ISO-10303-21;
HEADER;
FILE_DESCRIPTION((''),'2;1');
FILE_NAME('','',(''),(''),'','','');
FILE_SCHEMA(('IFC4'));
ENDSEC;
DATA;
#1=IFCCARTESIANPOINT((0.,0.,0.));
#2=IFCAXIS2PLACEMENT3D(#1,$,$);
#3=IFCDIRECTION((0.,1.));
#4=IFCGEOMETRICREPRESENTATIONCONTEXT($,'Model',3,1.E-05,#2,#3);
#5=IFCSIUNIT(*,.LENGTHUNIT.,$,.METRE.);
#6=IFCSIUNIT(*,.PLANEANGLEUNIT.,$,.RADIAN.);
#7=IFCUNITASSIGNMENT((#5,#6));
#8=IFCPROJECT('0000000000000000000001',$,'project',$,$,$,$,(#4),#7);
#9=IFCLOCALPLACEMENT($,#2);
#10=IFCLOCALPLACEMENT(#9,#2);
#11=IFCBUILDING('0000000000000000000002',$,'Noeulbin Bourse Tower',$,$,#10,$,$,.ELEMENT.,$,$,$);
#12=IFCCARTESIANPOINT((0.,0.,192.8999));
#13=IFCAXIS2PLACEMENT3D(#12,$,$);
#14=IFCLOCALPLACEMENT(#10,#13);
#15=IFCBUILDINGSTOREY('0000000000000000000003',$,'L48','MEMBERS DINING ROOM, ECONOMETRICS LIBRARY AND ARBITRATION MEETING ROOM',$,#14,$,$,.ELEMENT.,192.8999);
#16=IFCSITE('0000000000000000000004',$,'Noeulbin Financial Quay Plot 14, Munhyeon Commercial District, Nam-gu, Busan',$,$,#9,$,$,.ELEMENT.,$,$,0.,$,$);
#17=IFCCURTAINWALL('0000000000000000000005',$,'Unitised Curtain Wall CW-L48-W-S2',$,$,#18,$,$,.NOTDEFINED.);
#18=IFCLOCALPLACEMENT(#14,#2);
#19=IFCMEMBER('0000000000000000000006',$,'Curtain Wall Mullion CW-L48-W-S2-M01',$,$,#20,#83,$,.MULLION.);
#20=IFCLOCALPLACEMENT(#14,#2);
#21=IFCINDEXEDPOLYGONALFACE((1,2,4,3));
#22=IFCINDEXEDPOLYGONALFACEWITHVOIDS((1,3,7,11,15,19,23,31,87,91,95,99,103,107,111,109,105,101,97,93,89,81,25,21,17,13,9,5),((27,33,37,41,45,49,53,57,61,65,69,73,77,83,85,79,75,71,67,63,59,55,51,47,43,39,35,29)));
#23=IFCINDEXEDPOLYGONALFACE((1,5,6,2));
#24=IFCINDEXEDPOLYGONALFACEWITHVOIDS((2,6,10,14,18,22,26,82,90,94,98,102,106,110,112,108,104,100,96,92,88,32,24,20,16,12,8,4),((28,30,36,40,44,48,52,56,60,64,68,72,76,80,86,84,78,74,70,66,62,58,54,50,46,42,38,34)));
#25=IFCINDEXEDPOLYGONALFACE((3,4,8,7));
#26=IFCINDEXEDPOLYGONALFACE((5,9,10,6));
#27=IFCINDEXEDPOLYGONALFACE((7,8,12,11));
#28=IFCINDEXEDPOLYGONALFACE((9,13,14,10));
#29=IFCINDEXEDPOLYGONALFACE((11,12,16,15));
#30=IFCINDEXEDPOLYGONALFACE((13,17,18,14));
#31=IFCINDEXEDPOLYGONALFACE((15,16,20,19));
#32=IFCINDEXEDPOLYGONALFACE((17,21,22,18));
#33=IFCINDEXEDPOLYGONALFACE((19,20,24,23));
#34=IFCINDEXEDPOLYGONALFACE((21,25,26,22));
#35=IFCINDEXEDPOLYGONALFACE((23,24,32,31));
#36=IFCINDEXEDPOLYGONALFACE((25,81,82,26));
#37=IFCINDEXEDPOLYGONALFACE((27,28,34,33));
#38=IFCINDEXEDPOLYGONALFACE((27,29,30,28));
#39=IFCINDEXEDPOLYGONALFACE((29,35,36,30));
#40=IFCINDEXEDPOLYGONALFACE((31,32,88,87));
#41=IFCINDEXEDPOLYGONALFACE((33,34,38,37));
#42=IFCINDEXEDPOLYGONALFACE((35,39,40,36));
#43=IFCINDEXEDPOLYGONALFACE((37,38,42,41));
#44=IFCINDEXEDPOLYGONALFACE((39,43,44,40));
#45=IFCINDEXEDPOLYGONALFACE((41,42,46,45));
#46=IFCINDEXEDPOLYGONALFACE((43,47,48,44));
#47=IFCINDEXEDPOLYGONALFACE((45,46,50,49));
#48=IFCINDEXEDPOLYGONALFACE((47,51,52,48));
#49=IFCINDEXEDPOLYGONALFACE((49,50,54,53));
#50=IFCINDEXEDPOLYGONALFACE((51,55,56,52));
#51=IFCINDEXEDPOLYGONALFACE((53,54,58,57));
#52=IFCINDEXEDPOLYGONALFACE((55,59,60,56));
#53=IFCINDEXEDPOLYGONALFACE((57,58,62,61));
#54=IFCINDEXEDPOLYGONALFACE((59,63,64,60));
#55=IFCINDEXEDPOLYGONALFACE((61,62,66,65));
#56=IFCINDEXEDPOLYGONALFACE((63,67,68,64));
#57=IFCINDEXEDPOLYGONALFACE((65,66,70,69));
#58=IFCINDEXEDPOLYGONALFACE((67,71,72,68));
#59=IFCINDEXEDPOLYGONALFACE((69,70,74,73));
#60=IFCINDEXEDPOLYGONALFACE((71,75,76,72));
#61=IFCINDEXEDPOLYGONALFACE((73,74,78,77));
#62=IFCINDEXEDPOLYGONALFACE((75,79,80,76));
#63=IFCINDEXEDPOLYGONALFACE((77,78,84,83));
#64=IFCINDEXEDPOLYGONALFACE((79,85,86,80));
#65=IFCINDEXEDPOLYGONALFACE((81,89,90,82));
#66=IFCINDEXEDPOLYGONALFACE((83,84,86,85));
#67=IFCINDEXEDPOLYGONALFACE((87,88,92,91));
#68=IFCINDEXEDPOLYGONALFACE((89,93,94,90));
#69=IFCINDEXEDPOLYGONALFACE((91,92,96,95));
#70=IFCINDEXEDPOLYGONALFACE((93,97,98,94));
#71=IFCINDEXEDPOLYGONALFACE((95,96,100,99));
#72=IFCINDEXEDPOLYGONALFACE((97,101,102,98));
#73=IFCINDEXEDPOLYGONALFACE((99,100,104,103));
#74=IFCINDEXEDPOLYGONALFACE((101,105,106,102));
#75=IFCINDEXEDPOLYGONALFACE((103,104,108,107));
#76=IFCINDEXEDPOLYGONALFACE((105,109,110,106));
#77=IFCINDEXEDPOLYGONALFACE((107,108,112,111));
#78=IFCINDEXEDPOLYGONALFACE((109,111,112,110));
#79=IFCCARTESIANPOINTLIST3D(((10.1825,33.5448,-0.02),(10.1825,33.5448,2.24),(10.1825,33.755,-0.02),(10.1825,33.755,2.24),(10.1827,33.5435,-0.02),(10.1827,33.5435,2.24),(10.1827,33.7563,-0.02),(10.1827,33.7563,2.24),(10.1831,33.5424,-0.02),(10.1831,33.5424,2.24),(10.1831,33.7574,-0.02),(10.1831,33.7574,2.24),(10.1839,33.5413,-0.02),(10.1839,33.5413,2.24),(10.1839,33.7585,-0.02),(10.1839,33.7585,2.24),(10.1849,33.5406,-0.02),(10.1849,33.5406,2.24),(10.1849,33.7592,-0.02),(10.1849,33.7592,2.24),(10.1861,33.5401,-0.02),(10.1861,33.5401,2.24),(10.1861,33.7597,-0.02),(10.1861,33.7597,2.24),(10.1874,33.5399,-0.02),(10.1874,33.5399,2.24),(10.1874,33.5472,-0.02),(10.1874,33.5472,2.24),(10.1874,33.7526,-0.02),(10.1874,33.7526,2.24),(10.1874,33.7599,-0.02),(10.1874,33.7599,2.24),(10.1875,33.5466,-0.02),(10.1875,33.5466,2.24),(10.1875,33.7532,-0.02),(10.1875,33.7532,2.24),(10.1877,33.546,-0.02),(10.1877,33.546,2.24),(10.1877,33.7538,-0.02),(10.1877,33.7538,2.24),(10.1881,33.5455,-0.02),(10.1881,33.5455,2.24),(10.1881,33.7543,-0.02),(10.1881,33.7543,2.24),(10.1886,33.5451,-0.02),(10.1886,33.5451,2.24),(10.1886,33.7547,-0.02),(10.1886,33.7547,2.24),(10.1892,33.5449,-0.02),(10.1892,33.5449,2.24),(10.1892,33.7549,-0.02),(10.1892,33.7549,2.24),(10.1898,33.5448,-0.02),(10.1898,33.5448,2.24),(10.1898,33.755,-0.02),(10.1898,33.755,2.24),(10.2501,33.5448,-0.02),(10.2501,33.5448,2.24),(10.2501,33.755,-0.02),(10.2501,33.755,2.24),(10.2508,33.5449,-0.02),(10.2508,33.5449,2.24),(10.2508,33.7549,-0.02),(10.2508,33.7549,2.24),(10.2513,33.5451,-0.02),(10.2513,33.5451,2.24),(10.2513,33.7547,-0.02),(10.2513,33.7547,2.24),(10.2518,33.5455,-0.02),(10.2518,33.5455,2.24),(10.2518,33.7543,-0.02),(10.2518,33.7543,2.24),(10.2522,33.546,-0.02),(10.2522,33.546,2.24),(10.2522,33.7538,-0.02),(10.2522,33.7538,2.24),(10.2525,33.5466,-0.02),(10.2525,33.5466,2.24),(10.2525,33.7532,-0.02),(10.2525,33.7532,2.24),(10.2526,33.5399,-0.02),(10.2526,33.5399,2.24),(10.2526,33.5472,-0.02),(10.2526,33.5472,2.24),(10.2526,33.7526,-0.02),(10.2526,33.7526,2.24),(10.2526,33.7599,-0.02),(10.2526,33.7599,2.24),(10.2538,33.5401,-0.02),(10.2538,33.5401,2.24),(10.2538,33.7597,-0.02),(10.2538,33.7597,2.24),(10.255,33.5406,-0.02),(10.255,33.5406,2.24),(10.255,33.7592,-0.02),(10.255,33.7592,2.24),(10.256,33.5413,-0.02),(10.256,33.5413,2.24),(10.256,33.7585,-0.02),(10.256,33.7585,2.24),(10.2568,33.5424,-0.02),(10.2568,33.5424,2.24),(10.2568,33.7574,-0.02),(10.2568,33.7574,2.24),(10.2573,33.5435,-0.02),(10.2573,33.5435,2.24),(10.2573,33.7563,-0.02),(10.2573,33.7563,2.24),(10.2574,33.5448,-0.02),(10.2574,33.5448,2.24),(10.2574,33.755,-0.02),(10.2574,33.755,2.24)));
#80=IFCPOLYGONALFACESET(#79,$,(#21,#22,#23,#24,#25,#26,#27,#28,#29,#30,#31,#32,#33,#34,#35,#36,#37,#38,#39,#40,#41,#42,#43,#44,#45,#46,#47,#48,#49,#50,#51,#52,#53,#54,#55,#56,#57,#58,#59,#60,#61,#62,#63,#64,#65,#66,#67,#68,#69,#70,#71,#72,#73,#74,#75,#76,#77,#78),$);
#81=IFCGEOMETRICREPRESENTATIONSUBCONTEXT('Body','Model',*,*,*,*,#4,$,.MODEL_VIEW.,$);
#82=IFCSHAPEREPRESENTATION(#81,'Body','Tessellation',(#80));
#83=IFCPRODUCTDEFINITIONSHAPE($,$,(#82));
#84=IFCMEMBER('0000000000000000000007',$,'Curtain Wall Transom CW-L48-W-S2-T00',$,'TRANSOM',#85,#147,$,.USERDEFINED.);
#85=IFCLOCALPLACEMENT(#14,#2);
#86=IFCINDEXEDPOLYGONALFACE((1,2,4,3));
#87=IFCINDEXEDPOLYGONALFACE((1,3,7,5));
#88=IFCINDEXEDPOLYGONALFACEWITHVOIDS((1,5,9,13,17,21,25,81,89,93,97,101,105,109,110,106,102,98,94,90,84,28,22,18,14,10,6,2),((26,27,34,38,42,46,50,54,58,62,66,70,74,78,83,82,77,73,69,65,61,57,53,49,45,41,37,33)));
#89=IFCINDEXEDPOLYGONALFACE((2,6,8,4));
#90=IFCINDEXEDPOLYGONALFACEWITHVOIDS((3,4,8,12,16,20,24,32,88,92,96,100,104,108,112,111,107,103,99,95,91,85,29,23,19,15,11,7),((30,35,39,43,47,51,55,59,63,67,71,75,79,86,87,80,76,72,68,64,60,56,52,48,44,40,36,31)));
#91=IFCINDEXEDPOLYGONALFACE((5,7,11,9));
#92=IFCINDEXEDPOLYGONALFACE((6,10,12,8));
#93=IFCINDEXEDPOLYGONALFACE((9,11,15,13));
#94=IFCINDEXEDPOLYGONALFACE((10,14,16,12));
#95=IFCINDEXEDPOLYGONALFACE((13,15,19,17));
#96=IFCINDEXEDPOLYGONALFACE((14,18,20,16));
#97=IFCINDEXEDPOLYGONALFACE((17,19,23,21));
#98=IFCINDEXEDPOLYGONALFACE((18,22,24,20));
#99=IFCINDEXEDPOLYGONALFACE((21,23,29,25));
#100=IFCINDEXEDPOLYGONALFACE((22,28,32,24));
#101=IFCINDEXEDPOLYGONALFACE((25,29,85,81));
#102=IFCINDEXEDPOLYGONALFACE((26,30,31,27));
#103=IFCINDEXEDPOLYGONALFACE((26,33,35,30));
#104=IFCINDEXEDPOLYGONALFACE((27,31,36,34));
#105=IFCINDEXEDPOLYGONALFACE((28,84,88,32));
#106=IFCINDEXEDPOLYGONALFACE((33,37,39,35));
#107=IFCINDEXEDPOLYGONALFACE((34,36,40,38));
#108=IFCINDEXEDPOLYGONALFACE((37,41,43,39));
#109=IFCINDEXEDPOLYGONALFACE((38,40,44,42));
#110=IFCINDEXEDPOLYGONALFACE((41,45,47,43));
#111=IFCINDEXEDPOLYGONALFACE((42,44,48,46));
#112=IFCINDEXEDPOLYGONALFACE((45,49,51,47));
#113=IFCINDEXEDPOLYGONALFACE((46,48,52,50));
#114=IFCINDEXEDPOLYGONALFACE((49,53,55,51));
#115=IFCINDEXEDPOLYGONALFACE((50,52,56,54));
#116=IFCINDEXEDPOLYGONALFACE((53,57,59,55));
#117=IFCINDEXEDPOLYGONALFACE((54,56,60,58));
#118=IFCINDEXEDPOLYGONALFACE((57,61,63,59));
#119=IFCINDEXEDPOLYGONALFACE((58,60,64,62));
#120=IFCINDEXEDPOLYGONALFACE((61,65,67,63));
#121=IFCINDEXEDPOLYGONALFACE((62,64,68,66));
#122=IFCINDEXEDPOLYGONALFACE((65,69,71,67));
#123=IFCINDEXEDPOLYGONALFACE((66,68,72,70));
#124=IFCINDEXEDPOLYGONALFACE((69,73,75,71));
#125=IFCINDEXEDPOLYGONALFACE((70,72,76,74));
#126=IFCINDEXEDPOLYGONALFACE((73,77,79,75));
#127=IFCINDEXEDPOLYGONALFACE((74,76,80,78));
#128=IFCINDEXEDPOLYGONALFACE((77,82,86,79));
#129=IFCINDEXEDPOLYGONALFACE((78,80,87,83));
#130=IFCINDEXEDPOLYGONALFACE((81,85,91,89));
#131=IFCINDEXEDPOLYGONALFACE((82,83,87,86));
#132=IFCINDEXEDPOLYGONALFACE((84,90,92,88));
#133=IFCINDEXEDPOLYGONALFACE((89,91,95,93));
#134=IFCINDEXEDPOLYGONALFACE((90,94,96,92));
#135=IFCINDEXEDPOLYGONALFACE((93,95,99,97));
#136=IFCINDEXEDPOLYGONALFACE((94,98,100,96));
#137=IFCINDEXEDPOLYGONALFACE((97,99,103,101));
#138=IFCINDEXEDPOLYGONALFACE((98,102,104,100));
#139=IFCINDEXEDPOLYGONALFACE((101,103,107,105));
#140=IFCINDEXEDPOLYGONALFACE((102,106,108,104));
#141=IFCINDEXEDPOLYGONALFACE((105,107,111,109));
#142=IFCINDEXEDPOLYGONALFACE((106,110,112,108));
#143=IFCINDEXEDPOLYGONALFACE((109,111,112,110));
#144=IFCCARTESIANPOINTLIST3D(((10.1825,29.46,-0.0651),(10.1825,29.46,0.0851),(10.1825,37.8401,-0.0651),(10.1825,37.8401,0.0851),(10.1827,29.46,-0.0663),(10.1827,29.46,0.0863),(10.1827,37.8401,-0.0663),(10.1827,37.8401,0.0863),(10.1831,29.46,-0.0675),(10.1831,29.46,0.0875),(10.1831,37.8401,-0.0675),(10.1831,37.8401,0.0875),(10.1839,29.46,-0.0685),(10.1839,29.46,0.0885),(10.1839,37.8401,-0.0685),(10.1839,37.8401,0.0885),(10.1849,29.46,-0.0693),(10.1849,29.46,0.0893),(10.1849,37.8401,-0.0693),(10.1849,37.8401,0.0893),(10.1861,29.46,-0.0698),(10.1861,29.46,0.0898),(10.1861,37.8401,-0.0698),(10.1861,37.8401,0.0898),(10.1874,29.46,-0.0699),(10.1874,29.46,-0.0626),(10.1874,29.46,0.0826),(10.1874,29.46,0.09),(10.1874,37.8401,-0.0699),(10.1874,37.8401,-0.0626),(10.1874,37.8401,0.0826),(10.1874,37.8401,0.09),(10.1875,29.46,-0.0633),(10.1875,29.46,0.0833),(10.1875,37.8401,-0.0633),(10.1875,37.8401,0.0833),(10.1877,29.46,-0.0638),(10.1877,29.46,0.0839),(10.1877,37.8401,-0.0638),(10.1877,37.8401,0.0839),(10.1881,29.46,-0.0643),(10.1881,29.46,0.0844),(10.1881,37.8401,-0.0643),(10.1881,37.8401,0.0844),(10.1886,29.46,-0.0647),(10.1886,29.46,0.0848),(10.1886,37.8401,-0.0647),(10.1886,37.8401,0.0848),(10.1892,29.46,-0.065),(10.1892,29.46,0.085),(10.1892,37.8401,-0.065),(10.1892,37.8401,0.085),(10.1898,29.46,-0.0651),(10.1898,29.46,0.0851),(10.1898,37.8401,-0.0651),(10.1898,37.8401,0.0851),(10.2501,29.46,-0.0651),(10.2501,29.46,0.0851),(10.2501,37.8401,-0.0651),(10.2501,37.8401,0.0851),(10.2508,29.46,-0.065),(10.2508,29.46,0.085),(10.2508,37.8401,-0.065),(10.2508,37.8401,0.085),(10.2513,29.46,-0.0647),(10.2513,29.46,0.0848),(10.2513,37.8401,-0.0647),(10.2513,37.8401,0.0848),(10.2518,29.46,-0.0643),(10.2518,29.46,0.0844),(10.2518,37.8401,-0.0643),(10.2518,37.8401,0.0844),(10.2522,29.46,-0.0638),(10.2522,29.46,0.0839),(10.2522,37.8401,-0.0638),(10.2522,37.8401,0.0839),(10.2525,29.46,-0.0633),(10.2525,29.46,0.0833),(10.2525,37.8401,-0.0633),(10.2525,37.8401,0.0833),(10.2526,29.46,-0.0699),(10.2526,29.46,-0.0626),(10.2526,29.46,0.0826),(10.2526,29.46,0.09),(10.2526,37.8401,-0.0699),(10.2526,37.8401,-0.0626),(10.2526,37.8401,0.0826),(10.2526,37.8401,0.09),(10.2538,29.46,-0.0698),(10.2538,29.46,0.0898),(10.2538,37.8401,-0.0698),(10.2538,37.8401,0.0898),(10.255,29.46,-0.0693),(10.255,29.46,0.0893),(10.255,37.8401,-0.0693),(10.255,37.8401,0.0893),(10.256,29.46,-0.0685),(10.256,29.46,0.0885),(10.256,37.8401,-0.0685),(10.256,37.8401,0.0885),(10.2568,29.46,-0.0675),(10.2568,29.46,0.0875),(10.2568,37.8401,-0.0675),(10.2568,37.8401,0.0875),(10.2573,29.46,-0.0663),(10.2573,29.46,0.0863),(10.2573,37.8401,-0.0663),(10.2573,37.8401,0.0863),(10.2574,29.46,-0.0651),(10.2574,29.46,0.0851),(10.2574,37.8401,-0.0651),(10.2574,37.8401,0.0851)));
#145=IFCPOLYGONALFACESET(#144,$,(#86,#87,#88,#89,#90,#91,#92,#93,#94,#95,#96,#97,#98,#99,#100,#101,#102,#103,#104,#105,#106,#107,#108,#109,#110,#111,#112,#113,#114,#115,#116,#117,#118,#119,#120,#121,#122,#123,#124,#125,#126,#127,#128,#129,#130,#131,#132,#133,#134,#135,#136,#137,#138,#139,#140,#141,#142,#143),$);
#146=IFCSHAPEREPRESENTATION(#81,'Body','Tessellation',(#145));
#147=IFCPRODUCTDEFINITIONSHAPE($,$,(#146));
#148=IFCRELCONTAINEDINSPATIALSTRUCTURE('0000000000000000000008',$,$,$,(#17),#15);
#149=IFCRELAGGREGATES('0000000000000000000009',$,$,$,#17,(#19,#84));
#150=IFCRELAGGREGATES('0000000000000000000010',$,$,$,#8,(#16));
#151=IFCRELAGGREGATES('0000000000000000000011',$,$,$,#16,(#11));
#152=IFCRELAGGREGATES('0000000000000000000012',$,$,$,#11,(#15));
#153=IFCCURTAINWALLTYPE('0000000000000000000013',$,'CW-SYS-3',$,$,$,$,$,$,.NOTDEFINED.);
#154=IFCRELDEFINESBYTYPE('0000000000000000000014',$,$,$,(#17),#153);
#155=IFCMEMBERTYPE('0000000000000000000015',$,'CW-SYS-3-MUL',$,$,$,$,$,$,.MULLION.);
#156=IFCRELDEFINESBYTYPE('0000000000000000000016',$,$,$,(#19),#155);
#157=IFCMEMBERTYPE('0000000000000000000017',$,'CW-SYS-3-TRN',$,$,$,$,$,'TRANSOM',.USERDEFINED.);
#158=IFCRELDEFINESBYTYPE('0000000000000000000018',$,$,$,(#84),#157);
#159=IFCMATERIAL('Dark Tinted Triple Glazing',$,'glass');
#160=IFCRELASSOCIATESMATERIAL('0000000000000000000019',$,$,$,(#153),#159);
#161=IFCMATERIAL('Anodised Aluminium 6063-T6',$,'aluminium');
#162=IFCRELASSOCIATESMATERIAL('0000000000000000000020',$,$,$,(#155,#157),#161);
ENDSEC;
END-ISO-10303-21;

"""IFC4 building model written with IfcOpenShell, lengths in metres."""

from ifc_helpers import new_model, si_unit, direction, frame, origin, origin_2d, place, context, subcontext, project, spatial, hollow_rectangle, extrude, material, material_profile, profile_set, type_object, element, aggregate, save


model = new_model("IFC4")

# Units and contexts
model_context = context("Model", 3, precision=1e-05, world=origin(), true_north=direction((0.0, 1.0)))
body_context = subcontext(model_context, "Body", "Model", "MODEL_VIEW")
ifc_project = project(units=[si_unit("LENGTHUNIT", "METRE"), si_unit("PLANEANGLEUNIT", "RADIAN")], contexts=[model_context])

# Site, building, storey
site_placement = place(None, origin())
site = spatial("IfcSite", under=ifc_project, at=site_placement, Name="Noeulbin Financial Quay Plot 14, Munhyeon Commercial District, Nam-gu, Busan", CompositionType="ELEMENT", RefElevation=0.0)
building_placement = place(site_placement, origin())
building = spatial("IfcBuilding", under=site, at=building_placement, Name="Noeulbin Bourse Tower", CompositionType="ELEMENT")
storey_placement = place(building_placement, frame((0.0, 0.0, 192.8999)))
storey = spatial("IfcBuildingStorey", under=building, at=storey_placement, Name="L48", Description="MEMBERS DINING ROOM, ECONOMETRICS LIBRARY AND ARBITRATION MEETING ROOM", CompositionType="ELEMENT", Elevation=192.8999)

# Shared definitions
ifc_material_1 = material(Name="Dark Tinted Triple Glazing", Category="glass")
curtain_wall_type = type_object("IfcCurtainWallType", Name="CW-SYS-3", PredefinedType="NOTDEFINED", material=ifc_material_1)
ifc_material_2 = material(Name="Anodised Aluminium 6063-T6", Category="aluminium")
ifc_material_profile_1 = material_profile(ifc_material_2, hollow_rectangle(XDim=0.075, YDim=0.22, WallThickness=0.0049, InnerFilletRadius=0.0024, OuterFilletRadius=0.0049, at=origin_2d()), Name="ALU-MULL-75x220x5", Category="LoadBearing")
ifc_profile_set_1 = profile_set([ifc_material_profile_1], Name="Anodised Aluminium 6063-T6")
member_type_1 = type_object("IfcMemberType", Name="CW-SYS-3-MUL", PredefinedType="MULLION", material=ifc_profile_set_1)

# Curtain wall, members
curtain_wall_1_placement = place(storey_placement, origin())
curtain_wall_1 = element("IfcCurtainWall", 1, at=curtain_wall_1_placement, inside=storey, type_object=curtain_wall_type, Name="Unitised Curtain Wall CW-L48-W-S2", PredefinedType="NOTDEFINED")
member_1_placement = place(storey_placement, frame((10.22, 33.6499, -0.02), z_axis=(0.0, 0.0, 1.0), x_axis=(1.0, 0.0, 0.0)))
member_1 = element("IfcMember", 2, at=member_1_placement, type_object=member_type_1, Name="Curtain Wall Mullion CW-L48-W-S2-M01", PredefinedType="MULLION", context=body_context, shape_type="SweptSolid", body=[
    extrude(hollow_rectangle(XDim=0.075, YDim=0.22, WallThickness=0.0049, InnerFilletRadius=0.0024, OuterFilletRadius=0.0049, at=origin_2d()), origin(), (0.0, 0.0, 1.0), 2.26),
])
ifc_material_profile_2 = material_profile(ifc_material_2, hollow_rectangle(XDim=0.075, YDim=0.1599, WallThickness=0.0049, InnerFilletRadius=0.0024, OuterFilletRadius=0.0049, at=origin_2d()), Name="ALU-TRAN-75x160x5", Category="LoadBearing")
ifc_profile_set_2 = profile_set([ifc_material_profile_2], Name="Anodised Aluminium 6063-T6")
member_type_2 = type_object("IfcMemberType", Name="CW-SYS-3-TRN", ElementType="TRANSOM", PredefinedType="USERDEFINED", material=ifc_profile_set_2)
member_2_placement = place(storey_placement, frame((10.22, 29.46, 0.01), z_axis=(0.0, 1.0, 0.0), x_axis=(-1.0, 0.0, 0.0)))
member_2 = element("IfcMember", 3, at=member_2_placement, type_object=member_type_2, Name="Curtain Wall Transom CW-L48-W-S2-T00", ObjectType="TRANSOM", PredefinedType="USERDEFINED", context=body_context, shape_type="SweptSolid", body=[
    extrude(hollow_rectangle(XDim=0.075, YDim=0.1599, WallThickness=0.0049, InnerFilletRadius=0.0024, OuterFilletRadius=0.0049, at=origin_2d()), origin(), (0.0, 0.0, 1.0), 8.3801),
])

aggregate(curtain_wall_1, [member_1, member_2])

save(model, "model.ifc")
